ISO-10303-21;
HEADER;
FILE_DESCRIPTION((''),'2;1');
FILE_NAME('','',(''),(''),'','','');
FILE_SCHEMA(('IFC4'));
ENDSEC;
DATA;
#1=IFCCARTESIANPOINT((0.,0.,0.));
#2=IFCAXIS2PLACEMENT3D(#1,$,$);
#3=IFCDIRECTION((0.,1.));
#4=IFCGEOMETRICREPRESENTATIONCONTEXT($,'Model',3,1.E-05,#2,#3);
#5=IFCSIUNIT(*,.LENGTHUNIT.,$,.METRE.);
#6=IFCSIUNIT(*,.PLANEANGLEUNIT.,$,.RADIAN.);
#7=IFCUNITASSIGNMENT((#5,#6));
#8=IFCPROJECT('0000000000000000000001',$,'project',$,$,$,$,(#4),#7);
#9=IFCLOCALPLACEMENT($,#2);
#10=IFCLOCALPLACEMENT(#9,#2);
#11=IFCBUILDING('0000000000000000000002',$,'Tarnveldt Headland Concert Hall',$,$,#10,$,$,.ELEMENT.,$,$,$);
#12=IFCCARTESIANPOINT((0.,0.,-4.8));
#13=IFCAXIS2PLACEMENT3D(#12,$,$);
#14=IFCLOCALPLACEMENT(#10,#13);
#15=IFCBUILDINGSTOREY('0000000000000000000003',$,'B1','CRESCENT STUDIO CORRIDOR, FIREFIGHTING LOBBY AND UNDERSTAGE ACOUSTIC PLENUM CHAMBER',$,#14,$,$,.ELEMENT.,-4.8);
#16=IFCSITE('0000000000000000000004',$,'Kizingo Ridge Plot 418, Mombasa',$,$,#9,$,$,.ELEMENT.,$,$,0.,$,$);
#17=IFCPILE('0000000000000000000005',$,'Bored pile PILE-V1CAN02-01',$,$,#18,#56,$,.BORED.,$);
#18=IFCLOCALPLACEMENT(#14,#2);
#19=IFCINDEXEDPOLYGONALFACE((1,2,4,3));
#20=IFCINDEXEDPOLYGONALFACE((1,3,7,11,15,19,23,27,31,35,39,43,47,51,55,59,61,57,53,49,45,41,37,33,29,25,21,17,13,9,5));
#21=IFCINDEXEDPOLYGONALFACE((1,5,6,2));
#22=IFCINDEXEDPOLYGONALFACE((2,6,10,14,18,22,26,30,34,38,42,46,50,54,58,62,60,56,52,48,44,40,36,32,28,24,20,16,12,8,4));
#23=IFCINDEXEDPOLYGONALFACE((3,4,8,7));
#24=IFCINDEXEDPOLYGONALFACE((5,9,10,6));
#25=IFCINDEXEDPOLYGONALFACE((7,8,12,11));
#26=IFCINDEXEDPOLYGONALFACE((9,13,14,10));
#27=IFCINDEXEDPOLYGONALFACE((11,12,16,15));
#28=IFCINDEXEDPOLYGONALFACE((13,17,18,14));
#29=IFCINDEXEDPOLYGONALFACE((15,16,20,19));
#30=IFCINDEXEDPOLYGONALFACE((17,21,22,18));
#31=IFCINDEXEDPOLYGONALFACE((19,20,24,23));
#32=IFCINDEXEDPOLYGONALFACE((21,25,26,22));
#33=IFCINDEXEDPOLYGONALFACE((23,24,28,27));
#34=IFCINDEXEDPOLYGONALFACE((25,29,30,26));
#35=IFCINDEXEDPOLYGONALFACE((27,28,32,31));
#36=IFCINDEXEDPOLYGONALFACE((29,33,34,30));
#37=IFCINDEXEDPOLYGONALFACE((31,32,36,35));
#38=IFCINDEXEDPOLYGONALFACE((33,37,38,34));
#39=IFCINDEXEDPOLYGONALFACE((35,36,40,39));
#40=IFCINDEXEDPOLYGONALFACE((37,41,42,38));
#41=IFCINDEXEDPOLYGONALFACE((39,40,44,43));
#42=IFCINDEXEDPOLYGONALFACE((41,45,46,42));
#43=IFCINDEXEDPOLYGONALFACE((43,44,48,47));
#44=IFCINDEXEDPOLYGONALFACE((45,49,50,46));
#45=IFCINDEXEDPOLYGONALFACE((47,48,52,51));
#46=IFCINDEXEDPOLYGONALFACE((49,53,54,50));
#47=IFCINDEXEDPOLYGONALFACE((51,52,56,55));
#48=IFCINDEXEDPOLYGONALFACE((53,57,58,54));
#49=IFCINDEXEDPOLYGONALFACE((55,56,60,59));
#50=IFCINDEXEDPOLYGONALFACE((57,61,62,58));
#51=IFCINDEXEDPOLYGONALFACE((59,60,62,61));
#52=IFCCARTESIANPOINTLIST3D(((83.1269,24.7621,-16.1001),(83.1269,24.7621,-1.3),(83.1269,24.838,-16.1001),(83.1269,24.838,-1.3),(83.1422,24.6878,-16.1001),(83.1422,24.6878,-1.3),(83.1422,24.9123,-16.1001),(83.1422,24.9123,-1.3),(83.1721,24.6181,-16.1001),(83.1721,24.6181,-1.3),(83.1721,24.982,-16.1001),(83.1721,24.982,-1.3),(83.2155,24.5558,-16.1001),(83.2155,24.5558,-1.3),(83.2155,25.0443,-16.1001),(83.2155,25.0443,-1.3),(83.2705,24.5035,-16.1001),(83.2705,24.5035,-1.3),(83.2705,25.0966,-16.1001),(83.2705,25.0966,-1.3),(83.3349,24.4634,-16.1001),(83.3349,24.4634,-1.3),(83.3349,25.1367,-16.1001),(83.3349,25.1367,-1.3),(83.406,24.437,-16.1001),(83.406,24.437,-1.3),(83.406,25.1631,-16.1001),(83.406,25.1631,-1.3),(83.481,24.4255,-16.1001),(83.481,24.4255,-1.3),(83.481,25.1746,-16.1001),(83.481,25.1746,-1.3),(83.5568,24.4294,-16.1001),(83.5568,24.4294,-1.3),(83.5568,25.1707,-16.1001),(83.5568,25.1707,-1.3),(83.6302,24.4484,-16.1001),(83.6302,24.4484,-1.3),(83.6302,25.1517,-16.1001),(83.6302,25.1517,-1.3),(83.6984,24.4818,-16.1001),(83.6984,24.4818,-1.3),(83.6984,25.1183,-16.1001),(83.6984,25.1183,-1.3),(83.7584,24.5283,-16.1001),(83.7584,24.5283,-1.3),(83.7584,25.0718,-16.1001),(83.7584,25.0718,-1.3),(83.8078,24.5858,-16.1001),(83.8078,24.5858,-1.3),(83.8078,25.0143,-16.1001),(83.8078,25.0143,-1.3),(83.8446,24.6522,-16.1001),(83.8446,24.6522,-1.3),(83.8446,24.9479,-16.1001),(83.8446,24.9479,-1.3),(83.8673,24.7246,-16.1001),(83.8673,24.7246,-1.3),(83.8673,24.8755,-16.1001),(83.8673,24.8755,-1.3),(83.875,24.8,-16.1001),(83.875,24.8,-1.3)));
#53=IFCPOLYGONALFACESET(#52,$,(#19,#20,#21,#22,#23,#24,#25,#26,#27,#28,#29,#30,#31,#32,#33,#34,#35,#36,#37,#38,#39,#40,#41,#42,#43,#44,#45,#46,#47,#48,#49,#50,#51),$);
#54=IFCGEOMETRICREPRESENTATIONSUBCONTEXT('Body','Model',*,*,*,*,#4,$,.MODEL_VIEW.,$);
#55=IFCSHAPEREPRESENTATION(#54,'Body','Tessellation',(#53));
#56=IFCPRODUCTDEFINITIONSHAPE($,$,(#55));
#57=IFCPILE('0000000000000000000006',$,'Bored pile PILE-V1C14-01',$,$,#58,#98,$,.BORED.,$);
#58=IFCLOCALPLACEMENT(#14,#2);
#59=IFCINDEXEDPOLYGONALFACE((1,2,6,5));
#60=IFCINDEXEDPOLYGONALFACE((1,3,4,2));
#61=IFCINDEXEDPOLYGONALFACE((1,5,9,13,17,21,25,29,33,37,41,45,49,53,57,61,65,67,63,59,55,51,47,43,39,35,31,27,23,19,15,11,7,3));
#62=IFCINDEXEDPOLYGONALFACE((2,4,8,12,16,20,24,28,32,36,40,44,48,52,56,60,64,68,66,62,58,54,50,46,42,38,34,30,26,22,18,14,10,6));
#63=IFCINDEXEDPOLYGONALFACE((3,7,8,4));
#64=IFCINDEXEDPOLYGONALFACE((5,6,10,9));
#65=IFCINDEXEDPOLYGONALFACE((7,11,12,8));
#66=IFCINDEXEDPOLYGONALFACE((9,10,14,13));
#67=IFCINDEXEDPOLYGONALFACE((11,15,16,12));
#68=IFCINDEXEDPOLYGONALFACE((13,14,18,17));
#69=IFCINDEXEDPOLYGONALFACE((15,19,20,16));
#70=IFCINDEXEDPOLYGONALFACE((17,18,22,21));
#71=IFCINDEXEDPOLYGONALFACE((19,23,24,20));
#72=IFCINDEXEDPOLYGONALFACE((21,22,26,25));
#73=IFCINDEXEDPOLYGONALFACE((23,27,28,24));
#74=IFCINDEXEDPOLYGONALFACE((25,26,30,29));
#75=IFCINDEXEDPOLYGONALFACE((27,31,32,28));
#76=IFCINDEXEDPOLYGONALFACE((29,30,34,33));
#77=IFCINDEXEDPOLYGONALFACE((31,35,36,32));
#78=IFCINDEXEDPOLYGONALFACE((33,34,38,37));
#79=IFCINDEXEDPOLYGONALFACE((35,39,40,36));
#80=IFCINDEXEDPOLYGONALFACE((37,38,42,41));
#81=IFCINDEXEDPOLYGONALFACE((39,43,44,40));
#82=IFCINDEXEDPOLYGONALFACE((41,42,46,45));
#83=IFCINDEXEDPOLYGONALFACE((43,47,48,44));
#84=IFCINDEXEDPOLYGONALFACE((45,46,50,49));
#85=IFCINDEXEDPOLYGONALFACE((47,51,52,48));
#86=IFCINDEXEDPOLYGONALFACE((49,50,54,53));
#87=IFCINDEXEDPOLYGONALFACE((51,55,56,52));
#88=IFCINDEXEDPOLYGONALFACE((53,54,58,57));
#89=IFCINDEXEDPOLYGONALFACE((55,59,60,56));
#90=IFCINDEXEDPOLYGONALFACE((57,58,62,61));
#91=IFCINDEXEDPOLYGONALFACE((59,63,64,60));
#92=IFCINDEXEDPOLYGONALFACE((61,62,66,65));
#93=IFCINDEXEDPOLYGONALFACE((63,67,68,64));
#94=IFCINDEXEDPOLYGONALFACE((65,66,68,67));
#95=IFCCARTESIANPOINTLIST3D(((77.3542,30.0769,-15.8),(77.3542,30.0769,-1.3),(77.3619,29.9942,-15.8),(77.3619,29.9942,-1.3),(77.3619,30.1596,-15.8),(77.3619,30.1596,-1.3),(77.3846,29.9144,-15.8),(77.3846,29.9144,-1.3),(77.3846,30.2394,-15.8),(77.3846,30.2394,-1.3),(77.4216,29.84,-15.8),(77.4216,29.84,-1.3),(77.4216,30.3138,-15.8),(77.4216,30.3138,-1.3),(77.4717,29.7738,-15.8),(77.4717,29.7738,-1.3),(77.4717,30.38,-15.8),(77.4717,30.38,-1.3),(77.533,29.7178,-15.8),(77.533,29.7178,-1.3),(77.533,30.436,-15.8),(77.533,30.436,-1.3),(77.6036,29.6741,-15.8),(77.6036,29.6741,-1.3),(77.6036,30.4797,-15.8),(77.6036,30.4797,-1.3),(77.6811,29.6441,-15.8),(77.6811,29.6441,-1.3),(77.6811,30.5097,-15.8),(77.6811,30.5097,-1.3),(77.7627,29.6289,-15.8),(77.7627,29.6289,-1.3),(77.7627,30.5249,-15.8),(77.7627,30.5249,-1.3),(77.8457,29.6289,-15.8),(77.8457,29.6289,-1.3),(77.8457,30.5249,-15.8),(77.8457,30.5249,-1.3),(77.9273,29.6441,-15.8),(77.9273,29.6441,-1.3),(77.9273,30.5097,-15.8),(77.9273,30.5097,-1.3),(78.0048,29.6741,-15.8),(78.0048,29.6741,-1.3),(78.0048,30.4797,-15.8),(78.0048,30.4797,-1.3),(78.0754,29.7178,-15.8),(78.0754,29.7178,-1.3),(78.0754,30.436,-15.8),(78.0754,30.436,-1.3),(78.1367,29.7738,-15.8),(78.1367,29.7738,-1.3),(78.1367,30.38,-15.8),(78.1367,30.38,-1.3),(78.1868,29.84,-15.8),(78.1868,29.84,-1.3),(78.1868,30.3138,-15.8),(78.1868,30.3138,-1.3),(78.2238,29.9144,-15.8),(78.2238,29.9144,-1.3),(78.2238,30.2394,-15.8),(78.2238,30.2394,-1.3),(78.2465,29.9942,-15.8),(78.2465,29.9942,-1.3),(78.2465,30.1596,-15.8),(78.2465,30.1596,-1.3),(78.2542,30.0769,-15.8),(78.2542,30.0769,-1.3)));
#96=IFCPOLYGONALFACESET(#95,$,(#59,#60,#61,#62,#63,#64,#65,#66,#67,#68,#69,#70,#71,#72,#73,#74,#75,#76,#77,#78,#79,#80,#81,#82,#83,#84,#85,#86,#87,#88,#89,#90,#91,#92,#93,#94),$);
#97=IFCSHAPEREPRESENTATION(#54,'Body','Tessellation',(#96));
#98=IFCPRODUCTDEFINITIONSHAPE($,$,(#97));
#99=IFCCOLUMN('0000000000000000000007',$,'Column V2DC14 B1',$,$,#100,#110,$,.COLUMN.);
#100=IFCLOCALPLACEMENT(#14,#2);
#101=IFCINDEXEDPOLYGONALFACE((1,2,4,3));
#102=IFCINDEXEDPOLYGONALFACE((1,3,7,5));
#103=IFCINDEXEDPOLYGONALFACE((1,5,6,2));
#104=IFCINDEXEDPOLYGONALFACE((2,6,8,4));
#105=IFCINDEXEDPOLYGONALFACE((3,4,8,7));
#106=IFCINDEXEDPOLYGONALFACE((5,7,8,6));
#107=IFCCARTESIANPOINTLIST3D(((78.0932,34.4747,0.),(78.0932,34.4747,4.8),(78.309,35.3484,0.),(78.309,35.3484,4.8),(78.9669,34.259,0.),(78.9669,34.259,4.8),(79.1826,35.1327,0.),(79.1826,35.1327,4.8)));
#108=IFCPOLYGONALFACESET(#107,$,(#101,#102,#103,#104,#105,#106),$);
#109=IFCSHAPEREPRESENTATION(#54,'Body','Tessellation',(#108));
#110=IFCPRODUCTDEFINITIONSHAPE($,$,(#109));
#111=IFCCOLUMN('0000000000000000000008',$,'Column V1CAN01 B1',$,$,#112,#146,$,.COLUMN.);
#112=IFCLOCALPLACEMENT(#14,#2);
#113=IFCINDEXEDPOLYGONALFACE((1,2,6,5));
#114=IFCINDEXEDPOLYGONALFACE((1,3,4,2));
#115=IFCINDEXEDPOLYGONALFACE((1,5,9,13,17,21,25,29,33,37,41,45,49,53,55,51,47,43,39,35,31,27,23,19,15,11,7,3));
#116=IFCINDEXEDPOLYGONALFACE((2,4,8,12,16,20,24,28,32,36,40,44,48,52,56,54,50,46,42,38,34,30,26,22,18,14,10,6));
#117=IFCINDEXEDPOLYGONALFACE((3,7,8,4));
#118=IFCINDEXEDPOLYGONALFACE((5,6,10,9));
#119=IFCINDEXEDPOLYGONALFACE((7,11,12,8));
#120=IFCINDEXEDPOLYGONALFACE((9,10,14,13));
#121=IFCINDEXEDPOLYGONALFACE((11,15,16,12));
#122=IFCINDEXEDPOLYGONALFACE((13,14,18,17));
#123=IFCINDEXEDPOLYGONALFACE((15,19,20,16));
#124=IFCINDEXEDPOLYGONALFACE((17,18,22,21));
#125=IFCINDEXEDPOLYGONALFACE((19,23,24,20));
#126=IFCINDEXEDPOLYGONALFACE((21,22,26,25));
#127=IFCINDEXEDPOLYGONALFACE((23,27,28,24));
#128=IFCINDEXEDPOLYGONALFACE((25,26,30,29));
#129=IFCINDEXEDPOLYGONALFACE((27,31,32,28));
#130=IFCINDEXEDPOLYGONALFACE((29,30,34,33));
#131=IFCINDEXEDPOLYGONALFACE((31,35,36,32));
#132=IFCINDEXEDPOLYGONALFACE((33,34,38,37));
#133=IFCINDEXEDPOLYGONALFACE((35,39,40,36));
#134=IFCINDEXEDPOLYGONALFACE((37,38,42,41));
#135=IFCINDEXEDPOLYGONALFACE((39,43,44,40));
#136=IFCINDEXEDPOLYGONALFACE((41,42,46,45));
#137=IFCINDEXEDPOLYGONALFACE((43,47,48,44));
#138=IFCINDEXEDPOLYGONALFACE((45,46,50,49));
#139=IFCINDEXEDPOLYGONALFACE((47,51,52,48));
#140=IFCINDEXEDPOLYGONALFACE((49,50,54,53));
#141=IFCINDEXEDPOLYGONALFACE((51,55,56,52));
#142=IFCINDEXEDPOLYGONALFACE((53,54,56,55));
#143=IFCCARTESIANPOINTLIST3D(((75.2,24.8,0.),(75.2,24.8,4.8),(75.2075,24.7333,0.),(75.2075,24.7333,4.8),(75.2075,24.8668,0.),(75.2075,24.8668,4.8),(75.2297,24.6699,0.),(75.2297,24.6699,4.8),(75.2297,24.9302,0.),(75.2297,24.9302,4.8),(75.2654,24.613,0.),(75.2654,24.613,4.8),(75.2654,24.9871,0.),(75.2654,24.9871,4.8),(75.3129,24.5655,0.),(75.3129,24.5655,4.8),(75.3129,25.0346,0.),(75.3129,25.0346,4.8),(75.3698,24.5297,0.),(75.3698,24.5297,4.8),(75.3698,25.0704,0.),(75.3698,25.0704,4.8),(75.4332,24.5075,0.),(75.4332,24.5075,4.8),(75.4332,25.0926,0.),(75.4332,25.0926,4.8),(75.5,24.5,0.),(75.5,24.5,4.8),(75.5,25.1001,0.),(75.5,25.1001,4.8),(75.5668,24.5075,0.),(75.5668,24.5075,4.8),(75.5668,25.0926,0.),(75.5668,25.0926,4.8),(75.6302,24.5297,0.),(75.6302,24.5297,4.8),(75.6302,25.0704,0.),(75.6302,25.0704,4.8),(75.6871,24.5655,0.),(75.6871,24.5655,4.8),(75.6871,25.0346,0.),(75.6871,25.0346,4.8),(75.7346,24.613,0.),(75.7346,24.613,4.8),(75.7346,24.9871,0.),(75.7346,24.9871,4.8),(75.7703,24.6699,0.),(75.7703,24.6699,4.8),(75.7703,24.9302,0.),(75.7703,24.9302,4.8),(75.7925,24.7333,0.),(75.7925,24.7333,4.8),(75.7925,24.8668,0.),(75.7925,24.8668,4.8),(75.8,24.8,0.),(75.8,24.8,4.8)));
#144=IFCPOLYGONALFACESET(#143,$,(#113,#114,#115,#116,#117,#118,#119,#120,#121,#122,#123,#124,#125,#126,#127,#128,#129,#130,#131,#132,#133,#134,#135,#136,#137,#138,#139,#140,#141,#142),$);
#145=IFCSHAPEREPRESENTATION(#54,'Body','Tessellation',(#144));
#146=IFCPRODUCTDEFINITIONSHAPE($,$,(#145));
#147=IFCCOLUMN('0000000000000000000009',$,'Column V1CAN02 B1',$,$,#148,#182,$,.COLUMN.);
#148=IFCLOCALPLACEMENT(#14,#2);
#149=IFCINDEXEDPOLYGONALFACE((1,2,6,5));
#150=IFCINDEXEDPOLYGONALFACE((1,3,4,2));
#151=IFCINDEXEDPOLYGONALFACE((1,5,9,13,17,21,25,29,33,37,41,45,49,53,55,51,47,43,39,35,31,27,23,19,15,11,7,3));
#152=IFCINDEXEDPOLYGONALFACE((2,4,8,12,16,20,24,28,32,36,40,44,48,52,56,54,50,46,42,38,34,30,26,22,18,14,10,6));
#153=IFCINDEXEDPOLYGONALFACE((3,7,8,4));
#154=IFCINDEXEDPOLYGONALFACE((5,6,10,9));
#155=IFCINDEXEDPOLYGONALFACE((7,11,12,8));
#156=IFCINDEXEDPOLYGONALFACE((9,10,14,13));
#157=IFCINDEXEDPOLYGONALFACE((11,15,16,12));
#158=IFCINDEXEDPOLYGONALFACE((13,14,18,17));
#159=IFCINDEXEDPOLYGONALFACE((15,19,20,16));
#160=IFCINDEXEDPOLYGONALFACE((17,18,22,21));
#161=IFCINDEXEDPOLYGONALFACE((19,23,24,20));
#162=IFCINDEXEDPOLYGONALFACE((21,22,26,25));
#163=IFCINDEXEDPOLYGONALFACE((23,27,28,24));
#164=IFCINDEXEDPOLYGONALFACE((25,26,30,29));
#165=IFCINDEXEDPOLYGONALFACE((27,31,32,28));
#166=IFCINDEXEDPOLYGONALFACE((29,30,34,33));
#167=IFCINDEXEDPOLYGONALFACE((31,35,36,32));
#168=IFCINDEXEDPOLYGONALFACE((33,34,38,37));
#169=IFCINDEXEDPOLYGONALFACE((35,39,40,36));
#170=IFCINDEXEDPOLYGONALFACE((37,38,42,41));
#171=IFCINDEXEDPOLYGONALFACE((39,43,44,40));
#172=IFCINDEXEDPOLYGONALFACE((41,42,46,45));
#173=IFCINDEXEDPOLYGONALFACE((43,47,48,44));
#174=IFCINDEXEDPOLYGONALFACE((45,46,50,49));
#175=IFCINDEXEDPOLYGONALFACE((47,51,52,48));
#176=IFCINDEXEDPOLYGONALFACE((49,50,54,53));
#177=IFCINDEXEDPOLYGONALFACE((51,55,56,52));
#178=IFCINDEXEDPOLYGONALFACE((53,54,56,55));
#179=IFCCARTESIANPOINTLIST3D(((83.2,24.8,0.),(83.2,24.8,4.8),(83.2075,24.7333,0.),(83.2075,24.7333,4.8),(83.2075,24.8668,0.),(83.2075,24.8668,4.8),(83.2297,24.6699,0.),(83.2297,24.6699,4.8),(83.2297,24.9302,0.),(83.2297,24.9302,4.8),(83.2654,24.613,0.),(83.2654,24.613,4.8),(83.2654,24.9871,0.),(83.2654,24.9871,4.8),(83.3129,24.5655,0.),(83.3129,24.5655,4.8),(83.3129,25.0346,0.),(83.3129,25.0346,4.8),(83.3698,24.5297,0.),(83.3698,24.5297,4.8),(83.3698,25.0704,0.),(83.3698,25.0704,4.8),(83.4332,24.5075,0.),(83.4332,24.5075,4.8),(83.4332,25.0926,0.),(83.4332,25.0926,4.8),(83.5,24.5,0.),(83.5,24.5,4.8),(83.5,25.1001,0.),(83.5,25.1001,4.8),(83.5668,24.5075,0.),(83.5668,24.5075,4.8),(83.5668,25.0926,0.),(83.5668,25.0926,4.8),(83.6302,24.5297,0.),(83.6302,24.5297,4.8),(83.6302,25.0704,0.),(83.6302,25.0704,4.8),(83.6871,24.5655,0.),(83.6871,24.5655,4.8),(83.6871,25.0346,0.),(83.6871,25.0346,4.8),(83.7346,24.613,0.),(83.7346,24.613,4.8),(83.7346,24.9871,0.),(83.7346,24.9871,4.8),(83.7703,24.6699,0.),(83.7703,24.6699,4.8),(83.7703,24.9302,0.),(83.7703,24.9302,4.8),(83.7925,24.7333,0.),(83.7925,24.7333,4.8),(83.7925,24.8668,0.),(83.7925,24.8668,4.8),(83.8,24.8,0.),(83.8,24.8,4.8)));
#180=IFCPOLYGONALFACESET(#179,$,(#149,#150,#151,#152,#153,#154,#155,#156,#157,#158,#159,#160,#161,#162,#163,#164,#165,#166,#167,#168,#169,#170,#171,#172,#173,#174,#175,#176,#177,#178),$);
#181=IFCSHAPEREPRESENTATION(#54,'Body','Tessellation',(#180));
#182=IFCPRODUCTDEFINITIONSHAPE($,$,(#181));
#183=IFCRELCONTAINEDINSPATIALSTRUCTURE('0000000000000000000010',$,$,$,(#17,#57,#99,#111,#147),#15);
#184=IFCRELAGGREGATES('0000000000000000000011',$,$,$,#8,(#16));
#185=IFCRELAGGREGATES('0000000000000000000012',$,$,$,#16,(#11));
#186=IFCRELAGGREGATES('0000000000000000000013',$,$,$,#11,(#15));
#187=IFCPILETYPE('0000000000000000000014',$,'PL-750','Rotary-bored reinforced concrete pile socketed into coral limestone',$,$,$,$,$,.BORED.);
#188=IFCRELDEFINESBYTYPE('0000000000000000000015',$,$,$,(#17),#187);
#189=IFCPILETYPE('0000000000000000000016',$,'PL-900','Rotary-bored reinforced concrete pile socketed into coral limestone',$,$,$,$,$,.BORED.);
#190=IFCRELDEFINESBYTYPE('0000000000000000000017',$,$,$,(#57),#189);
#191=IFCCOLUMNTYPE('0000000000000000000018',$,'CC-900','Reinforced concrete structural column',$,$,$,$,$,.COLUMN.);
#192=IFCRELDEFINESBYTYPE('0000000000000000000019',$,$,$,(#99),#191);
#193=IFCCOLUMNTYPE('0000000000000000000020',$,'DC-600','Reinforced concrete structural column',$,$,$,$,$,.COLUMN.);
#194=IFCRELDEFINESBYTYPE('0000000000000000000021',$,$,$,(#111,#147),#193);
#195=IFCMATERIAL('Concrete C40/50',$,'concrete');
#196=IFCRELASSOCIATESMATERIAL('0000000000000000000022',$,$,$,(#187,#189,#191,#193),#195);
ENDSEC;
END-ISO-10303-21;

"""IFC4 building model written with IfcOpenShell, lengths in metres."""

from ifc_helpers import new_model, si_unit, direction, frame, origin, origin_2d, place, context, subcontext, project, spatial, rectangle, circle, extrude, material, material_profile, profile_set, type_object, element, save


model = new_model("IFC4")

# Units and contexts
model_context = context("Model", 3, precision=1e-05, world=origin(), true_north=direction((0.0, 1.0)))
body_context = subcontext(model_context, "Body", "Model", "MODEL_VIEW")
ifc_project = project(units=[si_unit("LENGTHUNIT", "METRE"), si_unit("PLANEANGLEUNIT", "RADIAN")], contexts=[model_context])

# Site, building, storey
site_placement = place(None, origin())
site = spatial("IfcSite", under=ifc_project, at=site_placement, Name="Kizingo Ridge Plot 418, Mombasa", CompositionType="ELEMENT", RefElevation=0.0)
building_placement = place(site_placement, origin())
building = spatial("IfcBuilding", under=site, at=building_placement, Name="Tarnveldt Headland Concert Hall", CompositionType="ELEMENT")
storey_placement = place(building_placement, frame((0.0, 0.0, -4.8)))
storey = spatial("IfcBuildingStorey", under=building, at=storey_placement, Name="B1", Description="CRESCENT STUDIO CORRIDOR, FIREFIGHTING LOBBY AND UNDERSTAGE ACOUSTIC PLENUM CHAMBER", CompositionType="ELEMENT", Elevation=-4.8)

# Shared definitions
ifc_material_1 = material(Name="Concrete C40/50", Category="concrete")

# Piles
ifc_material_profile_1 = material_profile(ifc_material_1, circle(Radius=0.375, at=origin_2d()), Name="BORED PILE D750", Category="concrete")
ifc_profile_set_1 = profile_set([ifc_material_profile_1], Name="Concrete C40/50")
pile_type_1 = type_object("IfcPileType", Name="PL-750", Description="Rotary-bored reinforced concrete pile socketed into coral limestone", PredefinedType="BORED", material=ifc_profile_set_1)
pile_1_placement = place(storey_placement, frame((83.5, 24.8, -1.3), z_axis=(0.0, 0.0, -1.0), x_axis=(1.0, 0.0, 0.0)))
element("IfcPile", 1, at=pile_1_placement, inside=storey, type_object=pile_type_1, Name="Bored pile PILE-V1CAN02-01", PredefinedType="BORED", context=body_context, shape_type="SweptSolid", body=[
    extrude(circle(Radius=0.375, at=origin_2d()), origin(), (0.0, 0.0, 1.0), 14.8),
])
ifc_material_profile_2 = material_profile(ifc_material_1, circle(Radius=0.45, at=origin_2d()), Name="BORED PILE D900", Category="concrete")
ifc_profile_set_2 = profile_set([ifc_material_profile_2], Name="Concrete C40/50")
pile_type_2 = type_object("IfcPileType", Name="PL-900", Description="Rotary-bored reinforced concrete pile socketed into coral limestone", PredefinedType="BORED", material=ifc_profile_set_2)
pile_2_placement = place(storey_placement, frame((77.8042, 30.0769, -1.3), z_axis=(0.0, 0.0, -1.0), x_axis=(1.0, 0.0, 0.0)))
element("IfcPile", 2, at=pile_2_placement, inside=storey, type_object=pile_type_2, Name="Bored pile PILE-V1C14-01", PredefinedType="BORED", context=body_context, shape_type="SweptSolid", body=[
    extrude(circle(Radius=0.45, at=origin_2d()), origin(), (0.0, 0.0, 1.0), 14.5),
])

# Columns
ifc_material_profile_3 = material_profile(ifc_material_1, rectangle(XDim=0.8999, YDim=0.8999, at=origin_2d()), Name="RC 900x900", Category="concrete")
ifc_profile_set_3 = profile_set([ifc_material_profile_3], Name="Concrete C40/50")
column_type_1 = type_object("IfcColumnType", Name="CC-900", Description="Reinforced concrete structural column", PredefinedType="COLUMN", material=ifc_profile_set_3)
column_1_placement = place(storey_placement, frame((78.6379, 34.8037, 0.0), z_axis=(0.0, 0.0, 1.0), x_axis=(-0.23972, -0.970842, 0.0)))
element("IfcColumn", 3, at=column_1_placement, inside=storey, type_object=column_type_1, Name="Column V2DC14 B1", PredefinedType="COLUMN", context=body_context, shape_type="SweptSolid", body=[
    extrude(rectangle(XDim=0.8999, YDim=0.8999, at=origin_2d()), origin(), (0.0, 0.0, 1.0), 4.8),
])
ifc_material_profile_4 = material_profile(ifc_material_1, circle(Radius=0.3, at=origin_2d()), Name="RC D600", Category="concrete")
ifc_profile_set_4 = profile_set([ifc_material_profile_4], Name="Concrete C40/50")
column_type_2 = type_object("IfcColumnType", Name="DC-600", Description="Reinforced concrete structural column", PredefinedType="COLUMN", material=ifc_profile_set_4)
for number, where, z_axis, x_axis, name in (
    (4, (75.5, 24.8, 0.0), (0.0, 0.0, 1.0), (1.0, 0.0, 0.0), "Column V1CAN01 B1"),
    (5, (83.5, 24.8, 0.0), (0.0, 0.0, 1.0), (1.0, 0.0, 0.0), "Column V1CAN02 B1"),
):
    element("IfcColumn", number, at=place(storey_placement, frame(where, z_axis=z_axis, x_axis=x_axis)), inside=storey, type_object=column_type_2, Name=name, PredefinedType="COLUMN", context=body_context, shape_type="SweptSolid", body=[
        extrude(circle(Radius=0.3, at=origin_2d()), origin(), (0.0, 0.0, 1.0), 4.8),
    ])

save(model, "model.ifc")
